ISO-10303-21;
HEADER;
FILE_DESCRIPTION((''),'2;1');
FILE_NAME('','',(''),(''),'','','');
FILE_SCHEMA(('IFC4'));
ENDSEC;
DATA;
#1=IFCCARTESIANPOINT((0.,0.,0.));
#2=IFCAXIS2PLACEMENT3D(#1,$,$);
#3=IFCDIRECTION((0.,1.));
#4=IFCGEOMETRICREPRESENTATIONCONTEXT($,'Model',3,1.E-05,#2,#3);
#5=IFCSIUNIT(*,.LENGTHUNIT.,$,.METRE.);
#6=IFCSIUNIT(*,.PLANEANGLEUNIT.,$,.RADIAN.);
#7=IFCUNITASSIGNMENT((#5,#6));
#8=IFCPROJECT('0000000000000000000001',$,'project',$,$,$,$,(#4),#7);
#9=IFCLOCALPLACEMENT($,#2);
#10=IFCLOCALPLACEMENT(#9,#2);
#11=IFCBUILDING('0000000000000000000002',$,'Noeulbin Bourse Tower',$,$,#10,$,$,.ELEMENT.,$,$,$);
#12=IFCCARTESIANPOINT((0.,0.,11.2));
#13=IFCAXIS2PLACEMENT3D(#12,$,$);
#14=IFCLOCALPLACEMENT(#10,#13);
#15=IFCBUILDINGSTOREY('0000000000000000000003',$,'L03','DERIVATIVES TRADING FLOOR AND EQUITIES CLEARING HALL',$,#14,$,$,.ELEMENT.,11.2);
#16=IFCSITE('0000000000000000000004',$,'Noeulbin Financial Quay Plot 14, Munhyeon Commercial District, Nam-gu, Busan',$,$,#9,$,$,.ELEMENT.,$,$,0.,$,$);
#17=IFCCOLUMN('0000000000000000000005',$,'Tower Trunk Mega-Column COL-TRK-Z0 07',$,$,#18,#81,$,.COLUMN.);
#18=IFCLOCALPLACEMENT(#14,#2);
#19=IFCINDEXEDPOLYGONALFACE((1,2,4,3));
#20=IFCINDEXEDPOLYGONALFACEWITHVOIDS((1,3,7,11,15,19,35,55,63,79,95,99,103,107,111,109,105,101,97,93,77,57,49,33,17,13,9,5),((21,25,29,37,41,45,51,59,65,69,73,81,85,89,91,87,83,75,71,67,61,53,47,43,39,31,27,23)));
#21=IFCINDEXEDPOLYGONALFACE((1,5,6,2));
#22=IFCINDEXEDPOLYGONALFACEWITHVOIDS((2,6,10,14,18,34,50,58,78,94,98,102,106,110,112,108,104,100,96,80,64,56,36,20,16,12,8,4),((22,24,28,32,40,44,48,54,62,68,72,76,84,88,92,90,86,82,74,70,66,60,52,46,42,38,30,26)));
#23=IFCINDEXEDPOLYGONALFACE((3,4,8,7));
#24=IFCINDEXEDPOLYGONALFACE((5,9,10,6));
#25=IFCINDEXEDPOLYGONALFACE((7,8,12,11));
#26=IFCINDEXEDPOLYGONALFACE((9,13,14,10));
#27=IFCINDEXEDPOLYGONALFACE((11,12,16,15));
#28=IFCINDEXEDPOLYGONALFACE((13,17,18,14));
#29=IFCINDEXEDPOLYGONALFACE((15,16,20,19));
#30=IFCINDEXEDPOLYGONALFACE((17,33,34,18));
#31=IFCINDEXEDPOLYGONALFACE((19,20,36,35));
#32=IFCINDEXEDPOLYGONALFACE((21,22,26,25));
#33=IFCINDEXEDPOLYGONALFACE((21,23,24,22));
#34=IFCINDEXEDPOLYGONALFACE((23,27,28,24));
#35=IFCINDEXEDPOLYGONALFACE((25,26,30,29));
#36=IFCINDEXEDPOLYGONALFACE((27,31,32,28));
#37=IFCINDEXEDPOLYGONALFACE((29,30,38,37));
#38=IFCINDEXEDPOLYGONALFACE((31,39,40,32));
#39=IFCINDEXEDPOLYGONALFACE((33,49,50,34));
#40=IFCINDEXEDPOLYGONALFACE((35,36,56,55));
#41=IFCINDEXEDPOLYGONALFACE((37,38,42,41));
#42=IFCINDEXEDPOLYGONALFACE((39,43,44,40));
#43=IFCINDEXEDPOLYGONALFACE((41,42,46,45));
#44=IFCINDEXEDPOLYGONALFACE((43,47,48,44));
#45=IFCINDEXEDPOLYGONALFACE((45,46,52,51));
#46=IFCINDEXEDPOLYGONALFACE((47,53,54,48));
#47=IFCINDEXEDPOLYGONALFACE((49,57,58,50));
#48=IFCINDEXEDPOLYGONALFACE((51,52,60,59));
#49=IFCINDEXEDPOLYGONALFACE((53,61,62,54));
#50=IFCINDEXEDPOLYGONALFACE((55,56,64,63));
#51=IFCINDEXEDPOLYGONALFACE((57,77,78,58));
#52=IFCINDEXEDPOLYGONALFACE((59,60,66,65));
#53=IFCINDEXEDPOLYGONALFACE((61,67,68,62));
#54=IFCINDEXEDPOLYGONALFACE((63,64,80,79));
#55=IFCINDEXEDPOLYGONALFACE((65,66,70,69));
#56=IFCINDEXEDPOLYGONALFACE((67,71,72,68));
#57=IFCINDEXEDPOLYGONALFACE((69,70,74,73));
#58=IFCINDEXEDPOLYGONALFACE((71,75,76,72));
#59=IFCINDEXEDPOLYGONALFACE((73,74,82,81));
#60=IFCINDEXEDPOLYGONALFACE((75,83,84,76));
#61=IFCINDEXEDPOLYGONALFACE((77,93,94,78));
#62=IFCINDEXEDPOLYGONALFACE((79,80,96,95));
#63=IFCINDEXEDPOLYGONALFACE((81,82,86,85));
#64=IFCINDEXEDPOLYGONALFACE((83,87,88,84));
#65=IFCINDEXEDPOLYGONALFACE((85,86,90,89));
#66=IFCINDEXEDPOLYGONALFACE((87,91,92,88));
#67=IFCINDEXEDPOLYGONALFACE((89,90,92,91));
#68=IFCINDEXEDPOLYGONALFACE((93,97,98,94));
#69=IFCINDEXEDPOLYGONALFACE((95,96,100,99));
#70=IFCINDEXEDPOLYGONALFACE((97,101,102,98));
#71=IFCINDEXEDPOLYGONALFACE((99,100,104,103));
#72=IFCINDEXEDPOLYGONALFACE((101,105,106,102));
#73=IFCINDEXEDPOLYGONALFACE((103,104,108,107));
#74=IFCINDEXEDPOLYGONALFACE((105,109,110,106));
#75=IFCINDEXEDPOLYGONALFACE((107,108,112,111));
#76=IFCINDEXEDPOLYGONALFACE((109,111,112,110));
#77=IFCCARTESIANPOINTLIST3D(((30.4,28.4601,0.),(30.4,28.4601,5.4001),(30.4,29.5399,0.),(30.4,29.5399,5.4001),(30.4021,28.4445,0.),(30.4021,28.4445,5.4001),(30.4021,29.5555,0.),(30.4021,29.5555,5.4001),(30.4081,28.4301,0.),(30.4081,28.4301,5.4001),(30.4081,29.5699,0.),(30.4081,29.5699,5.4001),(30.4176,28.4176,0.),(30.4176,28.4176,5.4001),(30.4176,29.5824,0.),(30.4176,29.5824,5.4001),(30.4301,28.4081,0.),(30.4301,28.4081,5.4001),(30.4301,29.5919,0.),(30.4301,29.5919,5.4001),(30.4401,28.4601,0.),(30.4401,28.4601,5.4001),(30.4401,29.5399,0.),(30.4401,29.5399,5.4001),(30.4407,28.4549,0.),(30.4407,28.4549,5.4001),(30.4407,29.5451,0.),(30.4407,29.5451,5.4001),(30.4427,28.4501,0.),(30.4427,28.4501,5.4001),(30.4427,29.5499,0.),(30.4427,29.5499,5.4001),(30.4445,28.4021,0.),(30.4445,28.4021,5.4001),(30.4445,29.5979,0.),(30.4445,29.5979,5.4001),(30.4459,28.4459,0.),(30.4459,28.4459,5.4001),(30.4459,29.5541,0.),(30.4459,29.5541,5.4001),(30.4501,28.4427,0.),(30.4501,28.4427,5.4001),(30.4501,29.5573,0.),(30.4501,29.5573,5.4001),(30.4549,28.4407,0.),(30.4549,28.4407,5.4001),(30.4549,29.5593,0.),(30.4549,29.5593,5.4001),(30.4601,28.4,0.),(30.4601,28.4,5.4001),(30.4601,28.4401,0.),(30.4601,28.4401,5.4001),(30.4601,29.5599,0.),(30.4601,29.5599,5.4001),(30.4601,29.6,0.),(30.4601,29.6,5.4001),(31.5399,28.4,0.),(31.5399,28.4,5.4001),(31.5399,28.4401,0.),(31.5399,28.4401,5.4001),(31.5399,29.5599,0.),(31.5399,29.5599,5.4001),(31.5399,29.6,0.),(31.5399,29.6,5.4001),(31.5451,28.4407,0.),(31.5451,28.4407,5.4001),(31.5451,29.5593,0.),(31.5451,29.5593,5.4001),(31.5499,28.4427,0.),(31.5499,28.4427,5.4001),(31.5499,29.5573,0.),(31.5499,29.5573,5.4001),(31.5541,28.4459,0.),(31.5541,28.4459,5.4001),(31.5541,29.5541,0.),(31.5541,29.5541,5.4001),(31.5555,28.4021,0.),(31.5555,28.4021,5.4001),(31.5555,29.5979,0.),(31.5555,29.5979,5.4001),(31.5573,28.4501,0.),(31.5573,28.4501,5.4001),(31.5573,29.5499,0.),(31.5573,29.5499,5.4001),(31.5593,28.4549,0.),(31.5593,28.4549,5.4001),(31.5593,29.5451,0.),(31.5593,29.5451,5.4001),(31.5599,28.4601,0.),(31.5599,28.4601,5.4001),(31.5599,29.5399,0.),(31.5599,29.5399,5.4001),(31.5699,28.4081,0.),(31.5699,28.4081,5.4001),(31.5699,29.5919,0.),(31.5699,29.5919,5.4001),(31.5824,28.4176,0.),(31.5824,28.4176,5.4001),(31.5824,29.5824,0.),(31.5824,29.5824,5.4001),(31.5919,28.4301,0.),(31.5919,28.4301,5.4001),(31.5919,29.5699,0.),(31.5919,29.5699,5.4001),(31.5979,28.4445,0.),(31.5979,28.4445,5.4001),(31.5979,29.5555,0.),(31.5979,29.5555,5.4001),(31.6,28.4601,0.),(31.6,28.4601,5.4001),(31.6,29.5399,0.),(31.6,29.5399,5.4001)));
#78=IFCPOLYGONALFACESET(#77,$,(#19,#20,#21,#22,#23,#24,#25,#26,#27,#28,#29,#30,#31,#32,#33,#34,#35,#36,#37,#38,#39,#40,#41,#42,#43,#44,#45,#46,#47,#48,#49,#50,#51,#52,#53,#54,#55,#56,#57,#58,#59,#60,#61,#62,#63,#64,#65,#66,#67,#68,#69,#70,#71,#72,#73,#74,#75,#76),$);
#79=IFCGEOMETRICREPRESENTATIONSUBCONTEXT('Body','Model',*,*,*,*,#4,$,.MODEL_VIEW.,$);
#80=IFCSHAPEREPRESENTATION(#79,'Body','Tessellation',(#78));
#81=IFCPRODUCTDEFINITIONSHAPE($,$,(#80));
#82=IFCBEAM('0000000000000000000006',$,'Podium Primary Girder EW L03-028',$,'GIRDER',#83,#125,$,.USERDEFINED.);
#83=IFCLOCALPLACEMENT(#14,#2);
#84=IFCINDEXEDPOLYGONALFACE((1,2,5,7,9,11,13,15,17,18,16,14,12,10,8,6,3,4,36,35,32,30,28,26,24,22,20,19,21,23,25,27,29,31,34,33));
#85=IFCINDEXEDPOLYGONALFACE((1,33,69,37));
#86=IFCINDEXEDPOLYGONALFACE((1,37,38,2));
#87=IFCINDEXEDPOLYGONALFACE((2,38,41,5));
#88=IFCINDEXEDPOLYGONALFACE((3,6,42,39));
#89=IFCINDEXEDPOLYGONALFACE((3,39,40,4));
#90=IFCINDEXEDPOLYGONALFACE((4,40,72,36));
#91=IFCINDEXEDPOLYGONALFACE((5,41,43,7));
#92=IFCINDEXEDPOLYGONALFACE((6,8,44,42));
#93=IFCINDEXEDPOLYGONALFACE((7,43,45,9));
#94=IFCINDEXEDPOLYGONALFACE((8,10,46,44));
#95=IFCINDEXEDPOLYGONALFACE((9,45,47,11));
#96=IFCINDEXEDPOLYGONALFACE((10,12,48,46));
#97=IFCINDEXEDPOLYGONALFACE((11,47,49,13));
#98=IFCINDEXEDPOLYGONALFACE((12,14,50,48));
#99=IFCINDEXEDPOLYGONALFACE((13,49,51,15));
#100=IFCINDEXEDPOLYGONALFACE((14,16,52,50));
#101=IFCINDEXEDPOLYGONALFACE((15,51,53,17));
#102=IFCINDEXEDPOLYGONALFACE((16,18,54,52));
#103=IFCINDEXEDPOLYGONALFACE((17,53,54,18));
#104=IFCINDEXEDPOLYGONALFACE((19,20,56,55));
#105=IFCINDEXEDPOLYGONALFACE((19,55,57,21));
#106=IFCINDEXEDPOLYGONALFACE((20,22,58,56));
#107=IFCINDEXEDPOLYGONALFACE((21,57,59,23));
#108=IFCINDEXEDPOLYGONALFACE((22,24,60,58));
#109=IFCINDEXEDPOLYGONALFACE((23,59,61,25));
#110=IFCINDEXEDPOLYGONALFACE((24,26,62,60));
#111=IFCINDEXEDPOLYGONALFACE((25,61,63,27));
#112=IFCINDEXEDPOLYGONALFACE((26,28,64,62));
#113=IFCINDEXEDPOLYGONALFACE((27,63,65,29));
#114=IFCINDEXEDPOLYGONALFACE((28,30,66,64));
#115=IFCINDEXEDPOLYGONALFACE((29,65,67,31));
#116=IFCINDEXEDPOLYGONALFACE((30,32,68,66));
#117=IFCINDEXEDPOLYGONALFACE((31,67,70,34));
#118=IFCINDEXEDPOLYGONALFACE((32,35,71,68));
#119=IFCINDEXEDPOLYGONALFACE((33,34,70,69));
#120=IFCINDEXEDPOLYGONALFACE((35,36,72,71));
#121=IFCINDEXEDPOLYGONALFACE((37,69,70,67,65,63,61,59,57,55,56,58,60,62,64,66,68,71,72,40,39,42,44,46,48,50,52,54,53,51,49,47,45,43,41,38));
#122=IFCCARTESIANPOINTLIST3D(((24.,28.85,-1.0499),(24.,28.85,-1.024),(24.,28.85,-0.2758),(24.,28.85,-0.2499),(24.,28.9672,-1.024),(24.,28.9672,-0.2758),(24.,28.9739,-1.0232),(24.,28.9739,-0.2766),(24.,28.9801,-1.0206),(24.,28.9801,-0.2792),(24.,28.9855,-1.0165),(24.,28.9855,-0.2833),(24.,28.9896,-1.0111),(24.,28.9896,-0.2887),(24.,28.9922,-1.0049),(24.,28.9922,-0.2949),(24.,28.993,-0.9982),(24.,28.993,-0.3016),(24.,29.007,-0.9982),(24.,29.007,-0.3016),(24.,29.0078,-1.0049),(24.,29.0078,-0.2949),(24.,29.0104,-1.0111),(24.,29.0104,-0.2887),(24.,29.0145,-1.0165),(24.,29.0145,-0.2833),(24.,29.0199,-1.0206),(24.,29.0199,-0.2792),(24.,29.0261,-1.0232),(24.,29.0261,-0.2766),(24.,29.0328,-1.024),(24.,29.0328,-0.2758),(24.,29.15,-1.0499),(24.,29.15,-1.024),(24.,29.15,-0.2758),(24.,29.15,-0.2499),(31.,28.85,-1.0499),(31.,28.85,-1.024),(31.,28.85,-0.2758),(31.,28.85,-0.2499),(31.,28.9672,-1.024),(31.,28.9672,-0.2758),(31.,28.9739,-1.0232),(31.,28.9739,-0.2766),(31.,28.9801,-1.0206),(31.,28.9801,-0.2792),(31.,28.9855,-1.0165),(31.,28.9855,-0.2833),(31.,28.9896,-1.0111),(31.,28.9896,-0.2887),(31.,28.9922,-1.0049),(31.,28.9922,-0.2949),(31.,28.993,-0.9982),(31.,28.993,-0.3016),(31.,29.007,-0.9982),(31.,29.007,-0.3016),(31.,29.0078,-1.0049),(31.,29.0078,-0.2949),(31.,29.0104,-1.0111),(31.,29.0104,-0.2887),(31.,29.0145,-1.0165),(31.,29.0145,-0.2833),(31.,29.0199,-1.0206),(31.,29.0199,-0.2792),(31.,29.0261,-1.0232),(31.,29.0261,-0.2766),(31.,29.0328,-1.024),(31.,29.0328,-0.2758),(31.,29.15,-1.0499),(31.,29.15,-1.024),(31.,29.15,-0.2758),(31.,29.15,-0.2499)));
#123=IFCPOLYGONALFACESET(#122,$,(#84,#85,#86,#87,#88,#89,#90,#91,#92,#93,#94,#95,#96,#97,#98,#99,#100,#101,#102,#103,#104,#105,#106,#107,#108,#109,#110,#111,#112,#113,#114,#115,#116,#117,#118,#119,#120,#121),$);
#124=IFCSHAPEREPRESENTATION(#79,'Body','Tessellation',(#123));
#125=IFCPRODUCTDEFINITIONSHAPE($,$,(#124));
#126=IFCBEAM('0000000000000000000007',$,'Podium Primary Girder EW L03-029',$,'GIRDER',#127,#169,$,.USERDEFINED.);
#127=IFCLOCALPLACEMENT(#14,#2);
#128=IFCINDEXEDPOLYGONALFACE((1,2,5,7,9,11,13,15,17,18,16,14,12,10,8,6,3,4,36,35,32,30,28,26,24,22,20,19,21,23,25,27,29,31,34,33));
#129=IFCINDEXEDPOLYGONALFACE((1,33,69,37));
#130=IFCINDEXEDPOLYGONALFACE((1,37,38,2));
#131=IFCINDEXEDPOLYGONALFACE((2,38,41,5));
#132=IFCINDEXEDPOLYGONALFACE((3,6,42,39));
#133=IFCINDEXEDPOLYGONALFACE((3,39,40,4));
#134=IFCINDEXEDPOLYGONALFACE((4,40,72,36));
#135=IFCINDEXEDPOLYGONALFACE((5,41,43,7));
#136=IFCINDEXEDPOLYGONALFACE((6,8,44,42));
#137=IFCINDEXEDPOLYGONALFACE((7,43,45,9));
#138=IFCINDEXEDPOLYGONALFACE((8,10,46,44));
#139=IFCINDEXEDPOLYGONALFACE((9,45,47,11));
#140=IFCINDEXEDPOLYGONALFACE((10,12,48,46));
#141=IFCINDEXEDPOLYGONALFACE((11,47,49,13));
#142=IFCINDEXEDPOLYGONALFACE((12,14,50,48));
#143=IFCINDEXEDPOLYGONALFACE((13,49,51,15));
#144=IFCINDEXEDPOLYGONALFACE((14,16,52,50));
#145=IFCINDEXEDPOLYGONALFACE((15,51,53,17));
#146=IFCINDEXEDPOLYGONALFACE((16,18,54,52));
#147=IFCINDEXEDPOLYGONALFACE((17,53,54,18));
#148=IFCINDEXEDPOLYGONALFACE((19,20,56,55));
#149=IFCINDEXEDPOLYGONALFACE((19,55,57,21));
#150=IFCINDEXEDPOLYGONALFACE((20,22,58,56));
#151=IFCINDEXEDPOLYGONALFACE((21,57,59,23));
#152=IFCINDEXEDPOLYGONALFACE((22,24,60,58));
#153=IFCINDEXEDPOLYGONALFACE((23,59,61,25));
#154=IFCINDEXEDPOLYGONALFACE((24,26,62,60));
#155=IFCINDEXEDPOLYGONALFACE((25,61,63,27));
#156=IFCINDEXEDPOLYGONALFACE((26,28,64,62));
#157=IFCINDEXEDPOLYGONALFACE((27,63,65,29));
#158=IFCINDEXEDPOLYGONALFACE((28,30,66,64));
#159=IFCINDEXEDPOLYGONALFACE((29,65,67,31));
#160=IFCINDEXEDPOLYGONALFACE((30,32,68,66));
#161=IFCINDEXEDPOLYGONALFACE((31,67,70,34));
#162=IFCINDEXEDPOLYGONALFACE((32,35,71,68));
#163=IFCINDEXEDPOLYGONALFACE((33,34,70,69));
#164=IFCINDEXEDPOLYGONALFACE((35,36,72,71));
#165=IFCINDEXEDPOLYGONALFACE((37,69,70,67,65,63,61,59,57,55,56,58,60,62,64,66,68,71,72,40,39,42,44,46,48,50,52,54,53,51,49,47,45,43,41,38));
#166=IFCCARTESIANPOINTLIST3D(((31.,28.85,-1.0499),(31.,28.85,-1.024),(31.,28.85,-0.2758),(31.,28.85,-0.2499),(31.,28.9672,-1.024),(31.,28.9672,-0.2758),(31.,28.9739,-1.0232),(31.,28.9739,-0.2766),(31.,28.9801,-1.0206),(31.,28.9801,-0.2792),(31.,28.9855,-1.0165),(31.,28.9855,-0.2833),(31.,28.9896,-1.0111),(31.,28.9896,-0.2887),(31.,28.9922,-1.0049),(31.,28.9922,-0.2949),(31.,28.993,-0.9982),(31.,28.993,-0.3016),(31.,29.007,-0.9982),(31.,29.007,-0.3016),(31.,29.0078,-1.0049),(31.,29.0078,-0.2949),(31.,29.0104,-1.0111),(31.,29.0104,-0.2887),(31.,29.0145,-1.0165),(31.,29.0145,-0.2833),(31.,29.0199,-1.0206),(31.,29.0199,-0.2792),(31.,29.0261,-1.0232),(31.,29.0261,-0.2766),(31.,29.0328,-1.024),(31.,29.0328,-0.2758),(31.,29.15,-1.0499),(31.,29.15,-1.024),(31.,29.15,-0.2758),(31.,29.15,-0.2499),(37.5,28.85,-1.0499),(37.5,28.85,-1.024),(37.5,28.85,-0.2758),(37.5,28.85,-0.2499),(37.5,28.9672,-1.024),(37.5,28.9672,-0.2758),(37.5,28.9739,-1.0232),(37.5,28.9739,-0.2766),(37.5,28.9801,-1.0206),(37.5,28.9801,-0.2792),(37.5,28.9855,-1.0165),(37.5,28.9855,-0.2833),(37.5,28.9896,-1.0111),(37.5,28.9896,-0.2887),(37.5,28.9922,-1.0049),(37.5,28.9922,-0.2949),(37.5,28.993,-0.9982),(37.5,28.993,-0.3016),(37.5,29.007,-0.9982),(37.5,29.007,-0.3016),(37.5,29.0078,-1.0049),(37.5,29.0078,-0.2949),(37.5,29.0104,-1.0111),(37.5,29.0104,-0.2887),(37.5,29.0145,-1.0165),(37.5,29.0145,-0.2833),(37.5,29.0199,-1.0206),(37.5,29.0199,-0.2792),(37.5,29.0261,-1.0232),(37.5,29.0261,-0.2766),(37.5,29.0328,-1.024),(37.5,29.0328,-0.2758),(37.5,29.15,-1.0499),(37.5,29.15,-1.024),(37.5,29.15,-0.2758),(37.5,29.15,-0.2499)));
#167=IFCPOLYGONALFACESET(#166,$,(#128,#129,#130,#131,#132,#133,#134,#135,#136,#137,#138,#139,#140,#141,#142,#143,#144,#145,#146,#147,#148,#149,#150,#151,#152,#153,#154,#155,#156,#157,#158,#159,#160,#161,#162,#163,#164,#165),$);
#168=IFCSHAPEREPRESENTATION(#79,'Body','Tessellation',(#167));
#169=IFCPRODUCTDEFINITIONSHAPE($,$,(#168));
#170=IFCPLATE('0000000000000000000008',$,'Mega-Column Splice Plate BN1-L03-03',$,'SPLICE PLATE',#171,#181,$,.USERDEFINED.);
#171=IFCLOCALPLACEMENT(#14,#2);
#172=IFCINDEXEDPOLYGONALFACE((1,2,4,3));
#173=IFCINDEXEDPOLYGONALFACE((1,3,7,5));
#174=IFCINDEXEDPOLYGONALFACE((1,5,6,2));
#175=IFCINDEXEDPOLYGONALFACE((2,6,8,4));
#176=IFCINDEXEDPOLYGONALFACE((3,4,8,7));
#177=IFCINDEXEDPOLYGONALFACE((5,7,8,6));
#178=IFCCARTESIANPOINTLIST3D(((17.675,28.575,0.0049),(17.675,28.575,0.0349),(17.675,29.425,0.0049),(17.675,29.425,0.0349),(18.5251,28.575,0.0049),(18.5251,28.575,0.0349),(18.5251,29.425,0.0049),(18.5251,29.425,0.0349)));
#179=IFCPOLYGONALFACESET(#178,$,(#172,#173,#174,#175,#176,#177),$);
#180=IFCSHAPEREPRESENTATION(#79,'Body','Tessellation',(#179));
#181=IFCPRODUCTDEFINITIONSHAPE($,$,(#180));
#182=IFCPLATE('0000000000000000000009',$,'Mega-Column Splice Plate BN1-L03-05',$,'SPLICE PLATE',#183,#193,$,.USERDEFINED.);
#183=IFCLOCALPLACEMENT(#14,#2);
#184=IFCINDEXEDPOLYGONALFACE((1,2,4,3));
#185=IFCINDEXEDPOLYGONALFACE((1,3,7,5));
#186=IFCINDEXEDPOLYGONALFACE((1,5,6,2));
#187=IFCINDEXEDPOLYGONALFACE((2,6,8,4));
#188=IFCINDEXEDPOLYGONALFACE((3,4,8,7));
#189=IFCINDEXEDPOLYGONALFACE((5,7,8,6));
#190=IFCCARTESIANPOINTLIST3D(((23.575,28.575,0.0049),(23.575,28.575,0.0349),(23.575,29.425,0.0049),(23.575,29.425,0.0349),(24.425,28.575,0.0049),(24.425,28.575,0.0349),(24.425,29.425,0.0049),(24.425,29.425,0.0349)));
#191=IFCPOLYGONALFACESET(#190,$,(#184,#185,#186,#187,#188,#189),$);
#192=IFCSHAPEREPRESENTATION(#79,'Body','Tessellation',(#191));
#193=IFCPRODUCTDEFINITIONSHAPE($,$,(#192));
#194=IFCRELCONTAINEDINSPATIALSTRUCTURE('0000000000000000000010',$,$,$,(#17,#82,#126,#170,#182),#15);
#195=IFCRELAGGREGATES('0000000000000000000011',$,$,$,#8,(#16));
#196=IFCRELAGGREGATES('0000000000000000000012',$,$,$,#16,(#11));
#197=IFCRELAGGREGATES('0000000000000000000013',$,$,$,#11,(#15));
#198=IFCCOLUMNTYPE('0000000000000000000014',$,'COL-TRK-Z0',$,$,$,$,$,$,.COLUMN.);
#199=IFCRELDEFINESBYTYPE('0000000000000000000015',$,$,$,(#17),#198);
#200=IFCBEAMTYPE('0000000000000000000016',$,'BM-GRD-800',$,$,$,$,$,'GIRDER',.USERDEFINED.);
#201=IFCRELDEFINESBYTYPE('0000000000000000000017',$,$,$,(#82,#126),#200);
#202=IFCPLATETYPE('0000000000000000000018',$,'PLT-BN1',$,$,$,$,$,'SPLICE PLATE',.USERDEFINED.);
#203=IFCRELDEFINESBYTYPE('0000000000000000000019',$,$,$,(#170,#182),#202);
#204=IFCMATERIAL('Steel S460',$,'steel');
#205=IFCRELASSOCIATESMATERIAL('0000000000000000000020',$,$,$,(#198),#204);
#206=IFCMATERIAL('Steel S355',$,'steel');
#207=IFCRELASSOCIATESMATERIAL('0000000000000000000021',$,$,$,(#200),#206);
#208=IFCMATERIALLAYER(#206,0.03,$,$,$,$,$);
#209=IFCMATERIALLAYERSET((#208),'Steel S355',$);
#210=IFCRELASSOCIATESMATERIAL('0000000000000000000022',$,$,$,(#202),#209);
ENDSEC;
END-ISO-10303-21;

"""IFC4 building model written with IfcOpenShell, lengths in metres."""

from ifc_helpers import new_model, si_unit, direction, frame, origin, origin_2d, place, context, subcontext, project, spatial, rectangle, hollow_rectangle, i_section, extrude, material, layer, layer_set, material_profile, profile_set, type_object, element, save


model = new_model("IFC4")

# Units and contexts
model_context = context("Model", 3, precision=1e-05, world=origin(), true_north=direction((0.0, 1.0)))
body_context = subcontext(model_context, "Body", "Model", "MODEL_VIEW")
ifc_project = project(units=[si_unit("LENGTHUNIT", "METRE"), si_unit("PLANEANGLEUNIT", "RADIAN")], contexts=[model_context])

# Site, building, storey
site_placement = place(None, origin())
site = spatial("IfcSite", under=ifc_project, at=site_placement, Name="Noeulbin Financial Quay Plot 14, Munhyeon Commercial District, Nam-gu, Busan", CompositionType="ELEMENT", RefElevation=0.0)
building_placement = place(site_placement, origin())
building = spatial("IfcBuilding", under=site, at=building_placement, Name="Noeulbin Bourse Tower", CompositionType="ELEMENT")
storey_placement = place(building_placement, frame((0.0, 0.0, 11.2)))
storey = spatial("IfcBuildingStorey", under=building, at=storey_placement, Name="L03", Description="DERIVATIVES TRADING FLOOR AND EQUITIES CLEARING HALL", CompositionType="ELEMENT", Elevation=11.2)

# Column
ifc_material_1 = material(Name="Steel S460", Category="steel")
ifc_material_profile_1 = material_profile(ifc_material_1, hollow_rectangle(XDim=1.2, YDim=1.2, WallThickness=0.04, InnerFilletRadius=0.02, OuterFilletRadius=0.0601, at=origin_2d()), Name="BOX-1200x1200x40", Category="LoadBearing")
ifc_profile_set_1 = profile_set([ifc_material_profile_1], Name="Steel S460")
column_type = type_object("IfcColumnType", Name="COL-TRK-Z0", PredefinedType="COLUMN", material=ifc_profile_set_1)
for number, where, z_axis, x_axis, name in (
    (1, (31.0, 29.0, 0.0), (0.0, 0.0, 1.0), (1.0, 0.0, 0.0), "Tower Trunk Mega-Column COL-TRK-Z0 07"),
):
    element("IfcColumn", number, at=place(storey_placement, frame(where, z_axis=z_axis, x_axis=x_axis)), inside=storey, type_object=column_type, Name=name, PredefinedType="COLUMN", context=body_context, shape_type="SweptSolid", body=[
        extrude(hollow_rectangle(XDim=1.2, YDim=1.2, WallThickness=0.04, InnerFilletRadius=0.02, OuterFilletRadius=0.0601, at=origin_2d()), origin(), (0.0, 0.0, 1.0), 5.4001),
    ])

# Beams
ifc_material_2 = material(Name="Steel S355", Category="steel")
ifc_material_profile_2 = material_profile(ifc_material_2, i_section(OverallWidth=0.3, OverallDepth=0.8, WebThickness=0.0139, FlangeThickness=0.0259, FilletRadius=0.0259, at=origin_2d()), Name="H-800x300x14x26", Category="LoadBearing")
ifc_profile_set_2 = profile_set([ifc_material_profile_2], Name="Steel S355")
beam_type = type_object("IfcBeamType", Name="BM-GRD-800", ElementType="GIRDER", PredefinedType="USERDEFINED", material=ifc_profile_set_2)
beam_1_placement = place(storey_placement, frame((24.0, 29.0, -0.6499), z_axis=(1.0, 0.0, 0.0), x_axis=(0.0, 1.0, 0.0)))
element("IfcBeam", 2, at=beam_1_placement, inside=storey, type_object=beam_type, Name="Podium Primary Girder EW L03-028", ObjectType="GIRDER", PredefinedType="USERDEFINED", context=body_context, shape_type="SweptSolid", body=[
    extrude(i_section(OverallWidth=0.3, OverallDepth=0.8, WebThickness=0.0139, FlangeThickness=0.0259, FilletRadius=0.0259, at=origin_2d()), origin(), (0.0, 0.0, 1.0), 7.0),
])
beam_2_placement = place(storey_placement, frame((31.0, 29.0, -0.6499), z_axis=(1.0, 0.0, 0.0), x_axis=(0.0, 1.0, 0.0)))
element("IfcBeam", 3, at=beam_2_placement, inside=storey, type_object=beam_type, Name="Podium Primary Girder EW L03-029", ObjectType="GIRDER", PredefinedType="USERDEFINED", context=body_context, shape_type="SweptSolid", body=[
    extrude(i_section(OverallWidth=0.3, OverallDepth=0.8, WebThickness=0.0139, FlangeThickness=0.0259, FilletRadius=0.0259, at=origin_2d()), origin(), (0.0, 0.0, 1.0), 6.5),
])

# Plates
ifc_layer_1 = layer(ifc_material_2, 0.03)
ifc_layer_set_1 = layer_set([ifc_layer_1], Name="Steel S355")
plate_type = type_object("IfcPlateType", Name="PLT-BN1", ElementType="SPLICE PLATE", PredefinedType="USERDEFINED", material=ifc_layer_set_1)
for number, where, z_axis, x_axis, name in (
    (4, (18.1001, 29.0, 0.0049), (0.0, 0.0, 1.0), (1.0, 0.0, 0.0), "Mega-Column Splice Plate BN1-L03-03"),
    (5, (24.0, 29.0, 0.0049), (0.0, 0.0, 1.0), (1.0, 0.0, 0.0), "Mega-Column Splice Plate BN1-L03-05"),
):
    element("IfcPlate", number, at=place(storey_placement, frame(where, z_axis=z_axis, x_axis=x_axis)), inside=storey, type_object=plate_type, Name=name, ObjectType="SPLICE PLATE", PredefinedType="USERDEFINED", context=body_context, shape_type="SweptSolid", body=[
        extrude(rectangle(XDim=0.8501, YDim=0.8501, at=origin_2d()), origin(), (0.0, 0.0, 1.0), 0.03),
    ])

save(model, "model.ifc")
